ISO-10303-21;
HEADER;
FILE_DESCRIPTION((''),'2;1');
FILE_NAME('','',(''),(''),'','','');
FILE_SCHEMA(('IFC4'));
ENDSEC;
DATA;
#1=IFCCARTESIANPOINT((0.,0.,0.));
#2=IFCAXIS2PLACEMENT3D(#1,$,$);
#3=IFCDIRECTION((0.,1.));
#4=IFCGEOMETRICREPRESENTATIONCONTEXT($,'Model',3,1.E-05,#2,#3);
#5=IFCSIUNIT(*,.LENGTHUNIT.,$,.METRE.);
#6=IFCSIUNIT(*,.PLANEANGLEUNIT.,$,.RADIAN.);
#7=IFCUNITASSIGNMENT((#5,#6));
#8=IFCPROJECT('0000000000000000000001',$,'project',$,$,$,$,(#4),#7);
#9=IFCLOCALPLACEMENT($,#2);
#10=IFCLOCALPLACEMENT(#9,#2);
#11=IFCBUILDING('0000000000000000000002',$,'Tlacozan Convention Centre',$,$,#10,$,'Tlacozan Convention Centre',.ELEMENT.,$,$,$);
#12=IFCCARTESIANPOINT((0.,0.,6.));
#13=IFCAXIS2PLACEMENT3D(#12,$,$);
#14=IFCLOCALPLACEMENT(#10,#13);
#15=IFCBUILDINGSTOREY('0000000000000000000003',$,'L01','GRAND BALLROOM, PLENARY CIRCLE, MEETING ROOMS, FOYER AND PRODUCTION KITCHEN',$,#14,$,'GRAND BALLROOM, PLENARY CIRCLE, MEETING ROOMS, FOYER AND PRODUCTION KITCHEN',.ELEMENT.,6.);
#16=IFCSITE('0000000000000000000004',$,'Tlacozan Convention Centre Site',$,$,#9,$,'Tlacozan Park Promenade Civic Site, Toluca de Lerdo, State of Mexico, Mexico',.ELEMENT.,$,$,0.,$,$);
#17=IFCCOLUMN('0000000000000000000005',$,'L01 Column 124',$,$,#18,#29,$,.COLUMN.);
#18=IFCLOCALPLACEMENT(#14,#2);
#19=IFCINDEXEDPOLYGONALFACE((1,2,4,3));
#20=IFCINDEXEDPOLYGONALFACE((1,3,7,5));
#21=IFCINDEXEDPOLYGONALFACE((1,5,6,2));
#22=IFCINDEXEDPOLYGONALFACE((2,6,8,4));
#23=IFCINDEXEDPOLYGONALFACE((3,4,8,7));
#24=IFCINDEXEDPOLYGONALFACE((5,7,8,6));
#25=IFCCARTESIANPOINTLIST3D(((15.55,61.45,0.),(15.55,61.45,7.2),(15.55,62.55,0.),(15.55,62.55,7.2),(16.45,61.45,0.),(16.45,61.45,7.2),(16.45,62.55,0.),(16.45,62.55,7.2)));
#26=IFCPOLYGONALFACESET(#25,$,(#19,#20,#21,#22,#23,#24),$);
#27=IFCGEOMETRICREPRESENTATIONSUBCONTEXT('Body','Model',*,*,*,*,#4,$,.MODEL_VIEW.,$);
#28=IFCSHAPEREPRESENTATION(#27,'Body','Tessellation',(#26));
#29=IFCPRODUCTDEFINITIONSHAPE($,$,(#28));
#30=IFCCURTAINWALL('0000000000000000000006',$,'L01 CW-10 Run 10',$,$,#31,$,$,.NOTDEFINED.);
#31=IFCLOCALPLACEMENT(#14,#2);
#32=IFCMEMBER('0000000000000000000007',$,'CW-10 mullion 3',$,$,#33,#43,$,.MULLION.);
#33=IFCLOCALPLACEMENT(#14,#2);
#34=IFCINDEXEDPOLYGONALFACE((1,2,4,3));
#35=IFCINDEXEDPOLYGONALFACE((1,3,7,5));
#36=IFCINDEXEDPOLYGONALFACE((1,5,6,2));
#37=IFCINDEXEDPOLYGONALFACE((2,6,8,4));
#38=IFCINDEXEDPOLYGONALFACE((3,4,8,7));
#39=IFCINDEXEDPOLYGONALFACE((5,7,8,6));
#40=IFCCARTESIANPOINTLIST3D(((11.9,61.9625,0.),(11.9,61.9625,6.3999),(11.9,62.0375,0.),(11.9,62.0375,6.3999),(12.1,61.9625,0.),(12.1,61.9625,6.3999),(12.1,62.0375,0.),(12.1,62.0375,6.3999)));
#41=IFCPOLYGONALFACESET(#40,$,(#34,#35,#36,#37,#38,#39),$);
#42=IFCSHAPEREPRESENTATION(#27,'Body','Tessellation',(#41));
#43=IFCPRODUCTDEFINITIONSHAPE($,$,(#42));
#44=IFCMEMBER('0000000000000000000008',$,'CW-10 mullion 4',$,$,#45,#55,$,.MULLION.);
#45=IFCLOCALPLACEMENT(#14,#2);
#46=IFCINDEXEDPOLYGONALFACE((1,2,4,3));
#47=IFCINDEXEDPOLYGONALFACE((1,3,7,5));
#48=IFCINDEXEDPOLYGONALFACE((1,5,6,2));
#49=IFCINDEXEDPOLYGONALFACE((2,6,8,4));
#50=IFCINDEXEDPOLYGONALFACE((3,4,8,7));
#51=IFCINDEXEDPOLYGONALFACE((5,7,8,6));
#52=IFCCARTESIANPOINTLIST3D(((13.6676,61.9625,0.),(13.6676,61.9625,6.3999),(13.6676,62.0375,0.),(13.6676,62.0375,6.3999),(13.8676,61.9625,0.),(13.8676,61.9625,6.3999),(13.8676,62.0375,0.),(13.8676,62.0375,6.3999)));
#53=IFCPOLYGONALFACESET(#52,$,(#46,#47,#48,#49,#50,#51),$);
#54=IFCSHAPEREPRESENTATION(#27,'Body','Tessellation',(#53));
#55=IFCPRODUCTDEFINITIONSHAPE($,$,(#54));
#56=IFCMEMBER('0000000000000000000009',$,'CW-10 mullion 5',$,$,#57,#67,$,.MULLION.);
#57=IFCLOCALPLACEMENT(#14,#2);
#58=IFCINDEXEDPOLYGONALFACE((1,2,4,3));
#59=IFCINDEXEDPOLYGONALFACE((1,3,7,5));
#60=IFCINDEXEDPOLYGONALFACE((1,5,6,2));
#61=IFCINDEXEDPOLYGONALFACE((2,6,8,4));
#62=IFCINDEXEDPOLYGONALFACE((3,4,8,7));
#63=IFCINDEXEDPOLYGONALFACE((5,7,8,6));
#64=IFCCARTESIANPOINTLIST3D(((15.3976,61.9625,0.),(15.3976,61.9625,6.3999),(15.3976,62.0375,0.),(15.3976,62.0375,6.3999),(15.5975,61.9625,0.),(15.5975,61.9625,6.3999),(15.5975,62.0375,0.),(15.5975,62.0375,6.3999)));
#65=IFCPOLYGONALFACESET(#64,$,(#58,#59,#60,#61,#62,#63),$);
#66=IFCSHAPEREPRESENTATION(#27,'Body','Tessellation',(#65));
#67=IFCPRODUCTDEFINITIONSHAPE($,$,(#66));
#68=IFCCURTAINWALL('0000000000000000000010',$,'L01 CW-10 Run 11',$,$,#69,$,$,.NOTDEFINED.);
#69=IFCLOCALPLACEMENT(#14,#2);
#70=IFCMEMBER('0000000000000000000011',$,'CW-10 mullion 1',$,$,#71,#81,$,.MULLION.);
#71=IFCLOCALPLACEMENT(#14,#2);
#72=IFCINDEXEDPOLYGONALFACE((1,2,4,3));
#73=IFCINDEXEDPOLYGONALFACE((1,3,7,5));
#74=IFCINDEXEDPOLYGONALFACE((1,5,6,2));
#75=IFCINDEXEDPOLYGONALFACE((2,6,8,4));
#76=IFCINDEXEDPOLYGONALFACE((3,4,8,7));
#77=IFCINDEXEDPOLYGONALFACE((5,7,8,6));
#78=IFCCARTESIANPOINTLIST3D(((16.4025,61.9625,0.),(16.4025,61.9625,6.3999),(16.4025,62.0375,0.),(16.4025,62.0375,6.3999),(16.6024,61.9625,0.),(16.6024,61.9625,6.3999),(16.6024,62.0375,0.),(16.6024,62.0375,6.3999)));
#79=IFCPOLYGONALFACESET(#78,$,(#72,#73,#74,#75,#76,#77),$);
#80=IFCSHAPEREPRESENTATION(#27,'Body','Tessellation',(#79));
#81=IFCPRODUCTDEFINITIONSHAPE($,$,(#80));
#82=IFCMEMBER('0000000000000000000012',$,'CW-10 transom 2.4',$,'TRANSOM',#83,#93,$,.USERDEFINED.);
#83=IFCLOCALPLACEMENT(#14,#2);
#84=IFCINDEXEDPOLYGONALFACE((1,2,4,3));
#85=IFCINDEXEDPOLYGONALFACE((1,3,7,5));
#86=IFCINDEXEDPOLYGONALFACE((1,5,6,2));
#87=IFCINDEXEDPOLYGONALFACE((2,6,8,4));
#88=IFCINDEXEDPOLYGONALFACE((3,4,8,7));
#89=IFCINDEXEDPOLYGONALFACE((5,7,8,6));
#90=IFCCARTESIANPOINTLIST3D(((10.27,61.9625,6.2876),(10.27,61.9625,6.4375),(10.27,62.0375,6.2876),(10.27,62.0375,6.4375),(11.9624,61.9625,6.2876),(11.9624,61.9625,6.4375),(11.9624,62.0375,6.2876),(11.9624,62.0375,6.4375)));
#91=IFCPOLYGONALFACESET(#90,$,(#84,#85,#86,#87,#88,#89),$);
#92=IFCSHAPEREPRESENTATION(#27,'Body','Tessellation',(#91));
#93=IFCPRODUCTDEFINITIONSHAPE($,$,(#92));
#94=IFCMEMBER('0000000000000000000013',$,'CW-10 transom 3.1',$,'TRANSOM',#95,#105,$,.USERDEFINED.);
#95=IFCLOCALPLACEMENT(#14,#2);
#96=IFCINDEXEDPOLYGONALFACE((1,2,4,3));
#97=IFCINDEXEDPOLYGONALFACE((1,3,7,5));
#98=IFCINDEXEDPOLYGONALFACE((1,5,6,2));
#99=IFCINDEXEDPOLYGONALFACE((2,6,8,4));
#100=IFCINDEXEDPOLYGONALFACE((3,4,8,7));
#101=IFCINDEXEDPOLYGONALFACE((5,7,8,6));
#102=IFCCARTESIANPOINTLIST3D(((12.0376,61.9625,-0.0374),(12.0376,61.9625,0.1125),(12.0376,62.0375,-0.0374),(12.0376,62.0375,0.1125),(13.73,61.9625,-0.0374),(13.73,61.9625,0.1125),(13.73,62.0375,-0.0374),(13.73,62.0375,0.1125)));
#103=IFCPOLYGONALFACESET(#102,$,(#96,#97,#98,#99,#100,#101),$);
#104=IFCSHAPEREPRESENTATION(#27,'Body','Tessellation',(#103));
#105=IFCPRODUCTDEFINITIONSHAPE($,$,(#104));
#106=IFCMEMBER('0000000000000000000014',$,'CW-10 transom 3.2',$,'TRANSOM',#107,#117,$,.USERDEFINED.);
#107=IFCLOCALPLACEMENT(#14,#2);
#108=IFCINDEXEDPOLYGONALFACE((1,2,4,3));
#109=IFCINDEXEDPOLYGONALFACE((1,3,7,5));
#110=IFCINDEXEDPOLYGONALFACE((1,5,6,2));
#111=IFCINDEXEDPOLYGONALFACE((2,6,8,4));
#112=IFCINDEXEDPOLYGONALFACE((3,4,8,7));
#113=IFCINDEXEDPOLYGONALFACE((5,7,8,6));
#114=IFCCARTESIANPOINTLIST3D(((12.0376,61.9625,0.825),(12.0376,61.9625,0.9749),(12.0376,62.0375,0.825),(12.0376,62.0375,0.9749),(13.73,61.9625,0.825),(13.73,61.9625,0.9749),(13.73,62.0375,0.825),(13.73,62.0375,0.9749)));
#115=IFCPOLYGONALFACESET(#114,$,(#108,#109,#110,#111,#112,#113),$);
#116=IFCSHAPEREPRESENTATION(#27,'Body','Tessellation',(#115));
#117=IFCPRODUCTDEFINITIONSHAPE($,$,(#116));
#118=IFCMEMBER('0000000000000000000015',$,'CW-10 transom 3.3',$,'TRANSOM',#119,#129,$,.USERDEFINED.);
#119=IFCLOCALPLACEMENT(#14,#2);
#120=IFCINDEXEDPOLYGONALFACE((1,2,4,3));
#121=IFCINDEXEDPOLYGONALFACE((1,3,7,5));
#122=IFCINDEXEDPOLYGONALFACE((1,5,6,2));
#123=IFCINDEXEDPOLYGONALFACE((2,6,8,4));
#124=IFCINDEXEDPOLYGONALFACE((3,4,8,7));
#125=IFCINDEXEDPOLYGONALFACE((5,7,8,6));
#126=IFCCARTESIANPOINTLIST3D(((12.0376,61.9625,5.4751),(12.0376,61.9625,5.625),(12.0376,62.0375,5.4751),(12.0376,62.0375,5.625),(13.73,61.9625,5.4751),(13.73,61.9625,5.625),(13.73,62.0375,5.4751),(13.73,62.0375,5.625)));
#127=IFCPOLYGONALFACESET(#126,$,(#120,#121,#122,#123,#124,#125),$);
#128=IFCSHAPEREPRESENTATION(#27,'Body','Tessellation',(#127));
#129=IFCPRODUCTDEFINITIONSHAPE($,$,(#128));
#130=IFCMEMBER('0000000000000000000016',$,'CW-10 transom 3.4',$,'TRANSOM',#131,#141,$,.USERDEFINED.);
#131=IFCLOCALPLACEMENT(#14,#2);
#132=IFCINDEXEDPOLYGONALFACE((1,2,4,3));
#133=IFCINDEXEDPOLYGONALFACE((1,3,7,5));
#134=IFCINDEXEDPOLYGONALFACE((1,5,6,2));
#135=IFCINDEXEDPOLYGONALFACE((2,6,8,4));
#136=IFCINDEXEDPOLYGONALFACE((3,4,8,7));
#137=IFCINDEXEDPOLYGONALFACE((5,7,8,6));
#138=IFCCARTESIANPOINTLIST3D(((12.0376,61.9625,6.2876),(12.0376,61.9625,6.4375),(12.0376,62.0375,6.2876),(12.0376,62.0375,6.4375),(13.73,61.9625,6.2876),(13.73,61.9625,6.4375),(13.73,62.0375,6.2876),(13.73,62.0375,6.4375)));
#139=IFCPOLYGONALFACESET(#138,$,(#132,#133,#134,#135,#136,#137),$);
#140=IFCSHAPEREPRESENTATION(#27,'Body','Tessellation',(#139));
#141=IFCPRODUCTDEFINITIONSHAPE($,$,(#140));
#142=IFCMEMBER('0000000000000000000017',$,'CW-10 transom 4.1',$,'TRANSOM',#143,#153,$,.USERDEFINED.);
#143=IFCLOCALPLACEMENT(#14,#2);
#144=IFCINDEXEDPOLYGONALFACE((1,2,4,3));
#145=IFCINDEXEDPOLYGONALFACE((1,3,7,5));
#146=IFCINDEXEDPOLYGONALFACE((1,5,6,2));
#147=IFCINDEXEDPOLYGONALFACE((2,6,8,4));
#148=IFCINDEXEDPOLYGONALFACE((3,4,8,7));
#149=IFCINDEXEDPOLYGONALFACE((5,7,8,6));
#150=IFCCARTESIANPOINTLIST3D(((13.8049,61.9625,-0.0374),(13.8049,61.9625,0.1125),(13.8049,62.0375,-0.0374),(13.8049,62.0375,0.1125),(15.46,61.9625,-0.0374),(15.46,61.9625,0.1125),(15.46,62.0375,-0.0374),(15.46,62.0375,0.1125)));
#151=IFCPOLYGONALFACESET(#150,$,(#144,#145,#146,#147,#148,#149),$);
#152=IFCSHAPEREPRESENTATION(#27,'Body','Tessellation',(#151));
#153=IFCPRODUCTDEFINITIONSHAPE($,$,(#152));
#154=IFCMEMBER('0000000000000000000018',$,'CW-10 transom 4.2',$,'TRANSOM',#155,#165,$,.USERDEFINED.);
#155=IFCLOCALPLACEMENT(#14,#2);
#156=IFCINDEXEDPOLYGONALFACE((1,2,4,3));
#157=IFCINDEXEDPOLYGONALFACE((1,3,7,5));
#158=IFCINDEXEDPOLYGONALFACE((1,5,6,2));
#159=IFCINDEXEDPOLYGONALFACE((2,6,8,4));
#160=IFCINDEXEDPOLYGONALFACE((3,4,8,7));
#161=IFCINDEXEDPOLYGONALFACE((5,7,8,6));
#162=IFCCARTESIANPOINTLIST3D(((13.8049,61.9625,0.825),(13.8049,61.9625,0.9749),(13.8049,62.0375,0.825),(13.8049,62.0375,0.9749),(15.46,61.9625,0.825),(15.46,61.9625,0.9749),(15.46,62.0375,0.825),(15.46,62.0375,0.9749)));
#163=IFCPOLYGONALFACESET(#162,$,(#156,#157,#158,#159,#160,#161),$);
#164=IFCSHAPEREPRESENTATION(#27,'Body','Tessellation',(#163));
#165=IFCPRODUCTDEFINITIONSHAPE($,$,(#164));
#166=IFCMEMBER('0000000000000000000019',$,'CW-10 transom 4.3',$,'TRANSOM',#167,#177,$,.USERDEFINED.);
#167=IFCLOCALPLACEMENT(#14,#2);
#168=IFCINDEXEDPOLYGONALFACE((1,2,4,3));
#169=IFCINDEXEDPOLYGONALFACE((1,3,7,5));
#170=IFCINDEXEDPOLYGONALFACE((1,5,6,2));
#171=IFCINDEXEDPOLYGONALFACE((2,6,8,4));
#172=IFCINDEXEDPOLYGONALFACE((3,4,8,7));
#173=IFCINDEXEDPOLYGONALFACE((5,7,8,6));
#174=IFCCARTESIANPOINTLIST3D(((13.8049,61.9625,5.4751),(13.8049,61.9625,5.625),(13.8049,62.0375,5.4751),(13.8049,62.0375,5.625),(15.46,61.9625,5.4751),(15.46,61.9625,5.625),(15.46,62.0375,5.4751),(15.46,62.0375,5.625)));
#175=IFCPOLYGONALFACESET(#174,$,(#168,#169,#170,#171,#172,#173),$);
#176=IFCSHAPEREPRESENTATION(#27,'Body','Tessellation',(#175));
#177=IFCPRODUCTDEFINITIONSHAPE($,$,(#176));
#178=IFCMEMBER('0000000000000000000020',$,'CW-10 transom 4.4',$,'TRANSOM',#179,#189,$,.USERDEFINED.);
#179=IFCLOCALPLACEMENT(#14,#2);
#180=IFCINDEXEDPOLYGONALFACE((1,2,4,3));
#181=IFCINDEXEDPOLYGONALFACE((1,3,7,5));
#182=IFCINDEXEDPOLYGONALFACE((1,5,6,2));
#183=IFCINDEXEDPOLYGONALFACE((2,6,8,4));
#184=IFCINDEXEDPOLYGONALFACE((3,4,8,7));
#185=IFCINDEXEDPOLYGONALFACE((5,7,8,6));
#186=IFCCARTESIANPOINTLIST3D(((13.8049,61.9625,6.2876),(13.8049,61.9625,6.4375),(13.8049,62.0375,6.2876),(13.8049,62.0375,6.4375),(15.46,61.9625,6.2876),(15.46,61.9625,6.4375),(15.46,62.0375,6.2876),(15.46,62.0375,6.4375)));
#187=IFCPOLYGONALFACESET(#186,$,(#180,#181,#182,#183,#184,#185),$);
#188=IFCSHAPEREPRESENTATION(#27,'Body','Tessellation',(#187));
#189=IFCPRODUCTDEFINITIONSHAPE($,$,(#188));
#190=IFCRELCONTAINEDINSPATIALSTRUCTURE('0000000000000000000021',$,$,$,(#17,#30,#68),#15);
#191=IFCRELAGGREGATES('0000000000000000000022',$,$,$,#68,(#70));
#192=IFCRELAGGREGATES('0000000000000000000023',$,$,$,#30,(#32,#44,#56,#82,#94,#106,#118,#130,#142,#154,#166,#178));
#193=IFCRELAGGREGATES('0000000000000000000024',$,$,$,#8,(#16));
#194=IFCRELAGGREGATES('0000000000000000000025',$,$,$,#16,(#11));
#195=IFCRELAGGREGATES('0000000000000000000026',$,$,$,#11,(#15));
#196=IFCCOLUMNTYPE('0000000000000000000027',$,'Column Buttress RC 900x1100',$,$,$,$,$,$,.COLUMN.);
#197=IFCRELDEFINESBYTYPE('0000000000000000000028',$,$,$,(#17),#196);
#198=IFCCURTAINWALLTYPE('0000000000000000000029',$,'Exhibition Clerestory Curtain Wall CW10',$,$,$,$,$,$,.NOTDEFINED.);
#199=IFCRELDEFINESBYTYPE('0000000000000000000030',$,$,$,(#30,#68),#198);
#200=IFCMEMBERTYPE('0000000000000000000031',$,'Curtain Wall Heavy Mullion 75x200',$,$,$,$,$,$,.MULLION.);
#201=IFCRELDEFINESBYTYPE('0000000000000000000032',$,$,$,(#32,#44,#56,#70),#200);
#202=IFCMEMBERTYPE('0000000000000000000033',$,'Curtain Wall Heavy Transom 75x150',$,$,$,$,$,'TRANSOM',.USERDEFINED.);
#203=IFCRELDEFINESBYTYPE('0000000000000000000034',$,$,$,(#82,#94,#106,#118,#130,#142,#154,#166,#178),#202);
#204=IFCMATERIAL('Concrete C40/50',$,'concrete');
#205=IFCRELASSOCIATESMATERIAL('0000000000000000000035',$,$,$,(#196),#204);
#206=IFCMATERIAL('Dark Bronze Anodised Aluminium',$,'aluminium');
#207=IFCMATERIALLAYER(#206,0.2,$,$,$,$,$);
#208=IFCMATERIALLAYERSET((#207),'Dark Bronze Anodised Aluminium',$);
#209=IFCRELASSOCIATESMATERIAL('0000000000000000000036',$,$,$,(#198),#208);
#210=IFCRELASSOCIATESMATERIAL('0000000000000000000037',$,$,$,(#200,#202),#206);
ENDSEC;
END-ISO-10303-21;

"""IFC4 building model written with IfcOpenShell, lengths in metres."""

from ifc_helpers import new_model, si_unit, direction, frame, origin, origin_2d, place, context, subcontext, project, spatial, rectangle, extrude, material, layer, layer_set, material_profile, profile_set, type_object, element, aggregate, save


model = new_model("IFC4")

# Units and contexts
model_context = context("Model", 3, precision=1e-05, world=origin(), true_north=direction((0.0, 1.0)))
body_context = subcontext(model_context, "Body", "Model", "MODEL_VIEW")
ifc_project = project(units=[si_unit("LENGTHUNIT", "METRE"), si_unit("PLANEANGLEUNIT", "RADIAN")], contexts=[model_context])

# Site, building, storey
site_placement = place(None, origin())
site = spatial("IfcSite", under=ifc_project, at=site_placement, Name="Tlacozan Convention Centre Site", LongName="Tlacozan Park Promenade Civic Site, Toluca de Lerdo, State of Mexico, Mexico", CompositionType="ELEMENT", RefElevation=0.0)
building_placement = place(site_placement, origin())
building = spatial("IfcBuilding", under=site, at=building_placement, Name="Tlacozan Convention Centre", LongName="Tlacozan Convention Centre", CompositionType="ELEMENT")
storey_placement = place(building_placement, frame((0.0, 0.0, 6.0)))
storey = spatial("IfcBuildingStorey", under=building, at=storey_placement, Name="L01", Description="GRAND BALLROOM, PLENARY CIRCLE, MEETING ROOMS, FOYER AND PRODUCTION KITCHEN", LongName="GRAND BALLROOM, PLENARY CIRCLE, MEETING ROOMS, FOYER AND PRODUCTION KITCHEN", CompositionType="ELEMENT", Elevation=6.0)

# Column
ifc_material_1 = material(Name="Concrete C40/50", Category="concrete")
ifc_material_profile_1 = material_profile(ifc_material_1, rectangle(XDim=0.8999, YDim=1.1001, at=origin_2d()), Name="RC 900x1100")
ifc_profile_set_1 = profile_set([ifc_material_profile_1], Name="Concrete C40/50")
column_type = type_object("IfcColumnType", Name="Column Buttress RC 900x1100", PredefinedType="COLUMN", material=ifc_profile_set_1)
column_placement = place(storey_placement, frame((16.0, 62.0, 0.0), z_axis=(0.0, 0.0, 1.0), x_axis=(1.0, 0.0, 0.0)))
element("IfcColumn", 1, at=column_placement, inside=storey, type_object=column_type, Name="L01 Column 124", PredefinedType="COLUMN", context=body_context, shape_type="SweptSolid", body=[
    extrude(rectangle(XDim=0.8999, YDim=1.1001, at=origin_2d()), origin(), (0.0, 0.0, 1.0), 7.2),
])

# Curtain wall, members
ifc_material_2 = material(Name="Dark Bronze Anodised Aluminium", Category="aluminium")
ifc_layer_1 = layer(ifc_material_2, 0.2)
ifc_layer_set_1 = layer_set([ifc_layer_1], Name="Dark Bronze Anodised Aluminium")
curtain_wall_type = type_object("IfcCurtainWallType", Name="Exhibition Clerestory Curtain Wall CW10", PredefinedType="NOTDEFINED", material=ifc_layer_set_1)
curtain_wall_1_placement = place(storey_placement, origin())
curtain_wall_1 = element("IfcCurtainWall", 2, at=curtain_wall_1_placement, inside=storey, type_object=curtain_wall_type, Name="L01 CW-10 Run 10", PredefinedType="NOTDEFINED")
ifc_material_profile_2 = material_profile(ifc_material_2, rectangle(XDim=0.075, YDim=0.2, at=origin_2d()), Name="ALU 75x200")
ifc_profile_set_2 = profile_set([ifc_material_profile_2], Name="Dark Bronze Anodised Aluminium")
member_type_1 = type_object("IfcMemberType", Name="Curtain Wall Heavy Mullion 75x200", PredefinedType="MULLION", material=ifc_profile_set_2)
member_1_placement = place(storey_placement, frame((12.0, 62.0, 0.0), z_axis=(0.0, 0.0, 1.0), x_axis=(0.0, 1.0, 0.0)))
member_1 = element("IfcMember", 3, at=member_1_placement, type_object=member_type_1, Name="CW-10 mullion 3", PredefinedType="MULLION", context=body_context, shape_type="SweptSolid", body=[
    extrude(rectangle(XDim=0.075, YDim=0.2, at=origin_2d()), origin(), (0.0, 0.0, 1.0), 6.3999),
])
member_2_placement = place(storey_placement, frame((13.7676, 62.0, 0.0), z_axis=(0.0, 0.0, 1.0), x_axis=(0.0, 1.0, 0.0)))
member_2 = element("IfcMember", 4, at=member_2_placement, type_object=member_type_1, Name="CW-10 mullion 4", PredefinedType="MULLION", context=body_context, shape_type="SweptSolid", body=[
    extrude(rectangle(XDim=0.075, YDim=0.2, at=origin_2d()), origin(), (0.0, 0.0, 1.0), 6.3999),
])
member_3_placement = place(storey_placement, frame((15.4976, 62.0, 0.0), z_axis=(0.0, 0.0, 1.0), x_axis=(0.0, 1.0, 0.0)))
member_3 = element("IfcMember", 5, at=member_3_placement, type_object=member_type_1, Name="CW-10 mullion 5", PredefinedType="MULLION", context=body_context, shape_type="SweptSolid", body=[
    extrude(rectangle(XDim=0.075, YDim=0.2, at=origin_2d()), origin(), (0.0, 0.0, 1.0), 6.3999),
])

# Curtain wall, member
curtain_wall_2_placement = place(storey_placement, origin())
curtain_wall_2 = element("IfcCurtainWall", 6, at=curtain_wall_2_placement, inside=storey, type_object=curtain_wall_type, Name="L01 CW-10 Run 11", PredefinedType="NOTDEFINED")
member_4_placement = place(storey_placement, frame((16.5024, 62.0, 0.0), z_axis=(0.0, 0.0, 1.0), x_axis=(0.0, 1.0, 0.0)))
member_4 = element("IfcMember", 7, at=member_4_placement, type_object=member_type_1, Name="CW-10 mullion 1", PredefinedType="MULLION", context=body_context, shape_type="SweptSolid", body=[
    extrude(rectangle(XDim=0.075, YDim=0.2, at=origin_2d()), origin(), (0.0, 0.0, 1.0), 6.3999),
])
aggregate(curtain_wall_2, [member_4])

# Members
ifc_material_profile_3 = material_profile(ifc_material_2, rectangle(XDim=0.075, YDim=0.1499, at=origin_2d()), Name="ALU 75x150")
ifc_profile_set_3 = profile_set([ifc_material_profile_3], Name="Dark Bronze Anodised Aluminium")
member_type_2 = type_object("IfcMemberType", Name="Curtain Wall Heavy Transom 75x150", ElementType="TRANSOM", PredefinedType="USERDEFINED", material=ifc_profile_set_3)
member_5_placement = place(storey_placement, frame((10.27, 62.0, 6.3625), z_axis=(1.0, 0.0, 0.0), x_axis=(0.0, 1.0, 0.0)))
member_5 = element("IfcMember", 8, at=member_5_placement, type_object=member_type_2, Name="CW-10 transom 2.4", ObjectType="TRANSOM", PredefinedType="USERDEFINED", context=body_context, shape_type="SweptSolid", body=[
    extrude(rectangle(XDim=0.075, YDim=0.1499, at=origin_2d()), origin(), (0.0, 0.0, 1.0), 1.6924),
])
member_6_placement = place(storey_placement, frame((12.0376, 62.0, 0.0376), z_axis=(1.0, 0.0, 0.0), x_axis=(0.0, 1.0, 0.0)))
member_6 = element("IfcMember", 9, at=member_6_placement, type_object=member_type_2, Name="CW-10 transom 3.1", ObjectType="TRANSOM", PredefinedType="USERDEFINED", context=body_context, shape_type="SweptSolid", body=[
    extrude(rectangle(XDim=0.075, YDim=0.1499, at=origin_2d()), origin(), (0.0, 0.0, 1.0), 1.6924),
])
member_7_placement = place(storey_placement, frame((12.0376, 62.0, 0.8999), z_axis=(1.0, 0.0, 0.0), x_axis=(0.0, 1.0, 0.0)))
member_7 = element("IfcMember", 10, at=member_7_placement, type_object=member_type_2, Name="CW-10 transom 3.2", ObjectType="TRANSOM", PredefinedType="USERDEFINED", context=body_context, shape_type="SweptSolid", body=[
    extrude(rectangle(XDim=0.075, YDim=0.1499, at=origin_2d()), origin(), (0.0, 0.0, 1.0), 1.6924),
])
member_8_placement = place(storey_placement, frame((12.0376, 62.0, 5.55), z_axis=(1.0, 0.0, 0.0), x_axis=(0.0, 1.0, 0.0)))
member_8 = element("IfcMember", 11, at=member_8_placement, type_object=member_type_2, Name="CW-10 transom 3.3", ObjectType="TRANSOM", PredefinedType="USERDEFINED", context=body_context, shape_type="SweptSolid", body=[
    extrude(rectangle(XDim=0.075, YDim=0.1499, at=origin_2d()), origin(), (0.0, 0.0, 1.0), 1.6924),
])
member_9_placement = place(storey_placement, frame((12.0376, 62.0, 6.3625), z_axis=(1.0, 0.0, 0.0), x_axis=(0.0, 1.0, 0.0)))
member_9 = element("IfcMember", 12, at=member_9_placement, type_object=member_type_2, Name="CW-10 transom 3.4", ObjectType="TRANSOM", PredefinedType="USERDEFINED", context=body_context, shape_type="SweptSolid", body=[
    extrude(rectangle(XDim=0.075, YDim=0.1499, at=origin_2d()), origin(), (0.0, 0.0, 1.0), 1.6924),
])
member_10_placement = place(storey_placement, frame((13.8049, 62.0, 0.0376), z_axis=(1.0, 0.0, 0.0), x_axis=(0.0, 1.0, 0.0)))
member_10 = element("IfcMember", 13, at=member_10_placement, type_object=member_type_2, Name="CW-10 transom 4.1", ObjectType="TRANSOM", PredefinedType="USERDEFINED", context=body_context, shape_type="SweptSolid", body=[
    extrude(rectangle(XDim=0.075, YDim=0.1499, at=origin_2d()), origin(), (0.0, 0.0, 1.0), 1.655),
])
member_11_placement = place(storey_placement, frame((13.8049, 62.0, 0.8999), z_axis=(1.0, 0.0, 0.0), x_axis=(0.0, 1.0, 0.0)))
member_11 = element("IfcMember", 14, at=member_11_placement, type_object=member_type_2, Name="CW-10 transom 4.2", ObjectType="TRANSOM", PredefinedType="USERDEFINED", context=body_context, shape_type="SweptSolid", body=[
    extrude(rectangle(XDim=0.075, YDim=0.1499, at=origin_2d()), origin(), (0.0, 0.0, 1.0), 1.655),
])
member_12_placement = place(storey_placement, frame((13.8049, 62.0, 5.55), z_axis=(1.0, 0.0, 0.0), x_axis=(0.0, 1.0, 0.0)))
member_12 = element("IfcMember", 15, at=member_12_placement, type_object=member_type_2, Name="CW-10 transom 4.3", ObjectType="TRANSOM", PredefinedType="USERDEFINED", context=body_context, shape_type="SweptSolid", body=[
    extrude(rectangle(XDim=0.075, YDim=0.1499, at=origin_2d()), origin(), (0.0, 0.0, 1.0), 1.655),
])
member_13_placement = place(storey_placement, frame((13.8049, 62.0, 6.3625), z_axis=(1.0, 0.0, 0.0), x_axis=(0.0, 1.0, 0.0)))
member_13 = element("IfcMember", 16, at=member_13_placement, type_object=member_type_2, Name="CW-10 transom 4.4", ObjectType="TRANSOM", PredefinedType="USERDEFINED", context=body_context, shape_type="SweptSolid", body=[
    extrude(rectangle(XDim=0.075, YDim=0.1499, at=origin_2d()), origin(), (0.0, 0.0, 1.0), 1.655),
])

aggregate(curtain_wall_1, [member_1, member_2, member_3, member_5, member_6, member_7, member_8, member_9, member_10, member_11, member_12, member_13])

save(model, "model.ifc")
